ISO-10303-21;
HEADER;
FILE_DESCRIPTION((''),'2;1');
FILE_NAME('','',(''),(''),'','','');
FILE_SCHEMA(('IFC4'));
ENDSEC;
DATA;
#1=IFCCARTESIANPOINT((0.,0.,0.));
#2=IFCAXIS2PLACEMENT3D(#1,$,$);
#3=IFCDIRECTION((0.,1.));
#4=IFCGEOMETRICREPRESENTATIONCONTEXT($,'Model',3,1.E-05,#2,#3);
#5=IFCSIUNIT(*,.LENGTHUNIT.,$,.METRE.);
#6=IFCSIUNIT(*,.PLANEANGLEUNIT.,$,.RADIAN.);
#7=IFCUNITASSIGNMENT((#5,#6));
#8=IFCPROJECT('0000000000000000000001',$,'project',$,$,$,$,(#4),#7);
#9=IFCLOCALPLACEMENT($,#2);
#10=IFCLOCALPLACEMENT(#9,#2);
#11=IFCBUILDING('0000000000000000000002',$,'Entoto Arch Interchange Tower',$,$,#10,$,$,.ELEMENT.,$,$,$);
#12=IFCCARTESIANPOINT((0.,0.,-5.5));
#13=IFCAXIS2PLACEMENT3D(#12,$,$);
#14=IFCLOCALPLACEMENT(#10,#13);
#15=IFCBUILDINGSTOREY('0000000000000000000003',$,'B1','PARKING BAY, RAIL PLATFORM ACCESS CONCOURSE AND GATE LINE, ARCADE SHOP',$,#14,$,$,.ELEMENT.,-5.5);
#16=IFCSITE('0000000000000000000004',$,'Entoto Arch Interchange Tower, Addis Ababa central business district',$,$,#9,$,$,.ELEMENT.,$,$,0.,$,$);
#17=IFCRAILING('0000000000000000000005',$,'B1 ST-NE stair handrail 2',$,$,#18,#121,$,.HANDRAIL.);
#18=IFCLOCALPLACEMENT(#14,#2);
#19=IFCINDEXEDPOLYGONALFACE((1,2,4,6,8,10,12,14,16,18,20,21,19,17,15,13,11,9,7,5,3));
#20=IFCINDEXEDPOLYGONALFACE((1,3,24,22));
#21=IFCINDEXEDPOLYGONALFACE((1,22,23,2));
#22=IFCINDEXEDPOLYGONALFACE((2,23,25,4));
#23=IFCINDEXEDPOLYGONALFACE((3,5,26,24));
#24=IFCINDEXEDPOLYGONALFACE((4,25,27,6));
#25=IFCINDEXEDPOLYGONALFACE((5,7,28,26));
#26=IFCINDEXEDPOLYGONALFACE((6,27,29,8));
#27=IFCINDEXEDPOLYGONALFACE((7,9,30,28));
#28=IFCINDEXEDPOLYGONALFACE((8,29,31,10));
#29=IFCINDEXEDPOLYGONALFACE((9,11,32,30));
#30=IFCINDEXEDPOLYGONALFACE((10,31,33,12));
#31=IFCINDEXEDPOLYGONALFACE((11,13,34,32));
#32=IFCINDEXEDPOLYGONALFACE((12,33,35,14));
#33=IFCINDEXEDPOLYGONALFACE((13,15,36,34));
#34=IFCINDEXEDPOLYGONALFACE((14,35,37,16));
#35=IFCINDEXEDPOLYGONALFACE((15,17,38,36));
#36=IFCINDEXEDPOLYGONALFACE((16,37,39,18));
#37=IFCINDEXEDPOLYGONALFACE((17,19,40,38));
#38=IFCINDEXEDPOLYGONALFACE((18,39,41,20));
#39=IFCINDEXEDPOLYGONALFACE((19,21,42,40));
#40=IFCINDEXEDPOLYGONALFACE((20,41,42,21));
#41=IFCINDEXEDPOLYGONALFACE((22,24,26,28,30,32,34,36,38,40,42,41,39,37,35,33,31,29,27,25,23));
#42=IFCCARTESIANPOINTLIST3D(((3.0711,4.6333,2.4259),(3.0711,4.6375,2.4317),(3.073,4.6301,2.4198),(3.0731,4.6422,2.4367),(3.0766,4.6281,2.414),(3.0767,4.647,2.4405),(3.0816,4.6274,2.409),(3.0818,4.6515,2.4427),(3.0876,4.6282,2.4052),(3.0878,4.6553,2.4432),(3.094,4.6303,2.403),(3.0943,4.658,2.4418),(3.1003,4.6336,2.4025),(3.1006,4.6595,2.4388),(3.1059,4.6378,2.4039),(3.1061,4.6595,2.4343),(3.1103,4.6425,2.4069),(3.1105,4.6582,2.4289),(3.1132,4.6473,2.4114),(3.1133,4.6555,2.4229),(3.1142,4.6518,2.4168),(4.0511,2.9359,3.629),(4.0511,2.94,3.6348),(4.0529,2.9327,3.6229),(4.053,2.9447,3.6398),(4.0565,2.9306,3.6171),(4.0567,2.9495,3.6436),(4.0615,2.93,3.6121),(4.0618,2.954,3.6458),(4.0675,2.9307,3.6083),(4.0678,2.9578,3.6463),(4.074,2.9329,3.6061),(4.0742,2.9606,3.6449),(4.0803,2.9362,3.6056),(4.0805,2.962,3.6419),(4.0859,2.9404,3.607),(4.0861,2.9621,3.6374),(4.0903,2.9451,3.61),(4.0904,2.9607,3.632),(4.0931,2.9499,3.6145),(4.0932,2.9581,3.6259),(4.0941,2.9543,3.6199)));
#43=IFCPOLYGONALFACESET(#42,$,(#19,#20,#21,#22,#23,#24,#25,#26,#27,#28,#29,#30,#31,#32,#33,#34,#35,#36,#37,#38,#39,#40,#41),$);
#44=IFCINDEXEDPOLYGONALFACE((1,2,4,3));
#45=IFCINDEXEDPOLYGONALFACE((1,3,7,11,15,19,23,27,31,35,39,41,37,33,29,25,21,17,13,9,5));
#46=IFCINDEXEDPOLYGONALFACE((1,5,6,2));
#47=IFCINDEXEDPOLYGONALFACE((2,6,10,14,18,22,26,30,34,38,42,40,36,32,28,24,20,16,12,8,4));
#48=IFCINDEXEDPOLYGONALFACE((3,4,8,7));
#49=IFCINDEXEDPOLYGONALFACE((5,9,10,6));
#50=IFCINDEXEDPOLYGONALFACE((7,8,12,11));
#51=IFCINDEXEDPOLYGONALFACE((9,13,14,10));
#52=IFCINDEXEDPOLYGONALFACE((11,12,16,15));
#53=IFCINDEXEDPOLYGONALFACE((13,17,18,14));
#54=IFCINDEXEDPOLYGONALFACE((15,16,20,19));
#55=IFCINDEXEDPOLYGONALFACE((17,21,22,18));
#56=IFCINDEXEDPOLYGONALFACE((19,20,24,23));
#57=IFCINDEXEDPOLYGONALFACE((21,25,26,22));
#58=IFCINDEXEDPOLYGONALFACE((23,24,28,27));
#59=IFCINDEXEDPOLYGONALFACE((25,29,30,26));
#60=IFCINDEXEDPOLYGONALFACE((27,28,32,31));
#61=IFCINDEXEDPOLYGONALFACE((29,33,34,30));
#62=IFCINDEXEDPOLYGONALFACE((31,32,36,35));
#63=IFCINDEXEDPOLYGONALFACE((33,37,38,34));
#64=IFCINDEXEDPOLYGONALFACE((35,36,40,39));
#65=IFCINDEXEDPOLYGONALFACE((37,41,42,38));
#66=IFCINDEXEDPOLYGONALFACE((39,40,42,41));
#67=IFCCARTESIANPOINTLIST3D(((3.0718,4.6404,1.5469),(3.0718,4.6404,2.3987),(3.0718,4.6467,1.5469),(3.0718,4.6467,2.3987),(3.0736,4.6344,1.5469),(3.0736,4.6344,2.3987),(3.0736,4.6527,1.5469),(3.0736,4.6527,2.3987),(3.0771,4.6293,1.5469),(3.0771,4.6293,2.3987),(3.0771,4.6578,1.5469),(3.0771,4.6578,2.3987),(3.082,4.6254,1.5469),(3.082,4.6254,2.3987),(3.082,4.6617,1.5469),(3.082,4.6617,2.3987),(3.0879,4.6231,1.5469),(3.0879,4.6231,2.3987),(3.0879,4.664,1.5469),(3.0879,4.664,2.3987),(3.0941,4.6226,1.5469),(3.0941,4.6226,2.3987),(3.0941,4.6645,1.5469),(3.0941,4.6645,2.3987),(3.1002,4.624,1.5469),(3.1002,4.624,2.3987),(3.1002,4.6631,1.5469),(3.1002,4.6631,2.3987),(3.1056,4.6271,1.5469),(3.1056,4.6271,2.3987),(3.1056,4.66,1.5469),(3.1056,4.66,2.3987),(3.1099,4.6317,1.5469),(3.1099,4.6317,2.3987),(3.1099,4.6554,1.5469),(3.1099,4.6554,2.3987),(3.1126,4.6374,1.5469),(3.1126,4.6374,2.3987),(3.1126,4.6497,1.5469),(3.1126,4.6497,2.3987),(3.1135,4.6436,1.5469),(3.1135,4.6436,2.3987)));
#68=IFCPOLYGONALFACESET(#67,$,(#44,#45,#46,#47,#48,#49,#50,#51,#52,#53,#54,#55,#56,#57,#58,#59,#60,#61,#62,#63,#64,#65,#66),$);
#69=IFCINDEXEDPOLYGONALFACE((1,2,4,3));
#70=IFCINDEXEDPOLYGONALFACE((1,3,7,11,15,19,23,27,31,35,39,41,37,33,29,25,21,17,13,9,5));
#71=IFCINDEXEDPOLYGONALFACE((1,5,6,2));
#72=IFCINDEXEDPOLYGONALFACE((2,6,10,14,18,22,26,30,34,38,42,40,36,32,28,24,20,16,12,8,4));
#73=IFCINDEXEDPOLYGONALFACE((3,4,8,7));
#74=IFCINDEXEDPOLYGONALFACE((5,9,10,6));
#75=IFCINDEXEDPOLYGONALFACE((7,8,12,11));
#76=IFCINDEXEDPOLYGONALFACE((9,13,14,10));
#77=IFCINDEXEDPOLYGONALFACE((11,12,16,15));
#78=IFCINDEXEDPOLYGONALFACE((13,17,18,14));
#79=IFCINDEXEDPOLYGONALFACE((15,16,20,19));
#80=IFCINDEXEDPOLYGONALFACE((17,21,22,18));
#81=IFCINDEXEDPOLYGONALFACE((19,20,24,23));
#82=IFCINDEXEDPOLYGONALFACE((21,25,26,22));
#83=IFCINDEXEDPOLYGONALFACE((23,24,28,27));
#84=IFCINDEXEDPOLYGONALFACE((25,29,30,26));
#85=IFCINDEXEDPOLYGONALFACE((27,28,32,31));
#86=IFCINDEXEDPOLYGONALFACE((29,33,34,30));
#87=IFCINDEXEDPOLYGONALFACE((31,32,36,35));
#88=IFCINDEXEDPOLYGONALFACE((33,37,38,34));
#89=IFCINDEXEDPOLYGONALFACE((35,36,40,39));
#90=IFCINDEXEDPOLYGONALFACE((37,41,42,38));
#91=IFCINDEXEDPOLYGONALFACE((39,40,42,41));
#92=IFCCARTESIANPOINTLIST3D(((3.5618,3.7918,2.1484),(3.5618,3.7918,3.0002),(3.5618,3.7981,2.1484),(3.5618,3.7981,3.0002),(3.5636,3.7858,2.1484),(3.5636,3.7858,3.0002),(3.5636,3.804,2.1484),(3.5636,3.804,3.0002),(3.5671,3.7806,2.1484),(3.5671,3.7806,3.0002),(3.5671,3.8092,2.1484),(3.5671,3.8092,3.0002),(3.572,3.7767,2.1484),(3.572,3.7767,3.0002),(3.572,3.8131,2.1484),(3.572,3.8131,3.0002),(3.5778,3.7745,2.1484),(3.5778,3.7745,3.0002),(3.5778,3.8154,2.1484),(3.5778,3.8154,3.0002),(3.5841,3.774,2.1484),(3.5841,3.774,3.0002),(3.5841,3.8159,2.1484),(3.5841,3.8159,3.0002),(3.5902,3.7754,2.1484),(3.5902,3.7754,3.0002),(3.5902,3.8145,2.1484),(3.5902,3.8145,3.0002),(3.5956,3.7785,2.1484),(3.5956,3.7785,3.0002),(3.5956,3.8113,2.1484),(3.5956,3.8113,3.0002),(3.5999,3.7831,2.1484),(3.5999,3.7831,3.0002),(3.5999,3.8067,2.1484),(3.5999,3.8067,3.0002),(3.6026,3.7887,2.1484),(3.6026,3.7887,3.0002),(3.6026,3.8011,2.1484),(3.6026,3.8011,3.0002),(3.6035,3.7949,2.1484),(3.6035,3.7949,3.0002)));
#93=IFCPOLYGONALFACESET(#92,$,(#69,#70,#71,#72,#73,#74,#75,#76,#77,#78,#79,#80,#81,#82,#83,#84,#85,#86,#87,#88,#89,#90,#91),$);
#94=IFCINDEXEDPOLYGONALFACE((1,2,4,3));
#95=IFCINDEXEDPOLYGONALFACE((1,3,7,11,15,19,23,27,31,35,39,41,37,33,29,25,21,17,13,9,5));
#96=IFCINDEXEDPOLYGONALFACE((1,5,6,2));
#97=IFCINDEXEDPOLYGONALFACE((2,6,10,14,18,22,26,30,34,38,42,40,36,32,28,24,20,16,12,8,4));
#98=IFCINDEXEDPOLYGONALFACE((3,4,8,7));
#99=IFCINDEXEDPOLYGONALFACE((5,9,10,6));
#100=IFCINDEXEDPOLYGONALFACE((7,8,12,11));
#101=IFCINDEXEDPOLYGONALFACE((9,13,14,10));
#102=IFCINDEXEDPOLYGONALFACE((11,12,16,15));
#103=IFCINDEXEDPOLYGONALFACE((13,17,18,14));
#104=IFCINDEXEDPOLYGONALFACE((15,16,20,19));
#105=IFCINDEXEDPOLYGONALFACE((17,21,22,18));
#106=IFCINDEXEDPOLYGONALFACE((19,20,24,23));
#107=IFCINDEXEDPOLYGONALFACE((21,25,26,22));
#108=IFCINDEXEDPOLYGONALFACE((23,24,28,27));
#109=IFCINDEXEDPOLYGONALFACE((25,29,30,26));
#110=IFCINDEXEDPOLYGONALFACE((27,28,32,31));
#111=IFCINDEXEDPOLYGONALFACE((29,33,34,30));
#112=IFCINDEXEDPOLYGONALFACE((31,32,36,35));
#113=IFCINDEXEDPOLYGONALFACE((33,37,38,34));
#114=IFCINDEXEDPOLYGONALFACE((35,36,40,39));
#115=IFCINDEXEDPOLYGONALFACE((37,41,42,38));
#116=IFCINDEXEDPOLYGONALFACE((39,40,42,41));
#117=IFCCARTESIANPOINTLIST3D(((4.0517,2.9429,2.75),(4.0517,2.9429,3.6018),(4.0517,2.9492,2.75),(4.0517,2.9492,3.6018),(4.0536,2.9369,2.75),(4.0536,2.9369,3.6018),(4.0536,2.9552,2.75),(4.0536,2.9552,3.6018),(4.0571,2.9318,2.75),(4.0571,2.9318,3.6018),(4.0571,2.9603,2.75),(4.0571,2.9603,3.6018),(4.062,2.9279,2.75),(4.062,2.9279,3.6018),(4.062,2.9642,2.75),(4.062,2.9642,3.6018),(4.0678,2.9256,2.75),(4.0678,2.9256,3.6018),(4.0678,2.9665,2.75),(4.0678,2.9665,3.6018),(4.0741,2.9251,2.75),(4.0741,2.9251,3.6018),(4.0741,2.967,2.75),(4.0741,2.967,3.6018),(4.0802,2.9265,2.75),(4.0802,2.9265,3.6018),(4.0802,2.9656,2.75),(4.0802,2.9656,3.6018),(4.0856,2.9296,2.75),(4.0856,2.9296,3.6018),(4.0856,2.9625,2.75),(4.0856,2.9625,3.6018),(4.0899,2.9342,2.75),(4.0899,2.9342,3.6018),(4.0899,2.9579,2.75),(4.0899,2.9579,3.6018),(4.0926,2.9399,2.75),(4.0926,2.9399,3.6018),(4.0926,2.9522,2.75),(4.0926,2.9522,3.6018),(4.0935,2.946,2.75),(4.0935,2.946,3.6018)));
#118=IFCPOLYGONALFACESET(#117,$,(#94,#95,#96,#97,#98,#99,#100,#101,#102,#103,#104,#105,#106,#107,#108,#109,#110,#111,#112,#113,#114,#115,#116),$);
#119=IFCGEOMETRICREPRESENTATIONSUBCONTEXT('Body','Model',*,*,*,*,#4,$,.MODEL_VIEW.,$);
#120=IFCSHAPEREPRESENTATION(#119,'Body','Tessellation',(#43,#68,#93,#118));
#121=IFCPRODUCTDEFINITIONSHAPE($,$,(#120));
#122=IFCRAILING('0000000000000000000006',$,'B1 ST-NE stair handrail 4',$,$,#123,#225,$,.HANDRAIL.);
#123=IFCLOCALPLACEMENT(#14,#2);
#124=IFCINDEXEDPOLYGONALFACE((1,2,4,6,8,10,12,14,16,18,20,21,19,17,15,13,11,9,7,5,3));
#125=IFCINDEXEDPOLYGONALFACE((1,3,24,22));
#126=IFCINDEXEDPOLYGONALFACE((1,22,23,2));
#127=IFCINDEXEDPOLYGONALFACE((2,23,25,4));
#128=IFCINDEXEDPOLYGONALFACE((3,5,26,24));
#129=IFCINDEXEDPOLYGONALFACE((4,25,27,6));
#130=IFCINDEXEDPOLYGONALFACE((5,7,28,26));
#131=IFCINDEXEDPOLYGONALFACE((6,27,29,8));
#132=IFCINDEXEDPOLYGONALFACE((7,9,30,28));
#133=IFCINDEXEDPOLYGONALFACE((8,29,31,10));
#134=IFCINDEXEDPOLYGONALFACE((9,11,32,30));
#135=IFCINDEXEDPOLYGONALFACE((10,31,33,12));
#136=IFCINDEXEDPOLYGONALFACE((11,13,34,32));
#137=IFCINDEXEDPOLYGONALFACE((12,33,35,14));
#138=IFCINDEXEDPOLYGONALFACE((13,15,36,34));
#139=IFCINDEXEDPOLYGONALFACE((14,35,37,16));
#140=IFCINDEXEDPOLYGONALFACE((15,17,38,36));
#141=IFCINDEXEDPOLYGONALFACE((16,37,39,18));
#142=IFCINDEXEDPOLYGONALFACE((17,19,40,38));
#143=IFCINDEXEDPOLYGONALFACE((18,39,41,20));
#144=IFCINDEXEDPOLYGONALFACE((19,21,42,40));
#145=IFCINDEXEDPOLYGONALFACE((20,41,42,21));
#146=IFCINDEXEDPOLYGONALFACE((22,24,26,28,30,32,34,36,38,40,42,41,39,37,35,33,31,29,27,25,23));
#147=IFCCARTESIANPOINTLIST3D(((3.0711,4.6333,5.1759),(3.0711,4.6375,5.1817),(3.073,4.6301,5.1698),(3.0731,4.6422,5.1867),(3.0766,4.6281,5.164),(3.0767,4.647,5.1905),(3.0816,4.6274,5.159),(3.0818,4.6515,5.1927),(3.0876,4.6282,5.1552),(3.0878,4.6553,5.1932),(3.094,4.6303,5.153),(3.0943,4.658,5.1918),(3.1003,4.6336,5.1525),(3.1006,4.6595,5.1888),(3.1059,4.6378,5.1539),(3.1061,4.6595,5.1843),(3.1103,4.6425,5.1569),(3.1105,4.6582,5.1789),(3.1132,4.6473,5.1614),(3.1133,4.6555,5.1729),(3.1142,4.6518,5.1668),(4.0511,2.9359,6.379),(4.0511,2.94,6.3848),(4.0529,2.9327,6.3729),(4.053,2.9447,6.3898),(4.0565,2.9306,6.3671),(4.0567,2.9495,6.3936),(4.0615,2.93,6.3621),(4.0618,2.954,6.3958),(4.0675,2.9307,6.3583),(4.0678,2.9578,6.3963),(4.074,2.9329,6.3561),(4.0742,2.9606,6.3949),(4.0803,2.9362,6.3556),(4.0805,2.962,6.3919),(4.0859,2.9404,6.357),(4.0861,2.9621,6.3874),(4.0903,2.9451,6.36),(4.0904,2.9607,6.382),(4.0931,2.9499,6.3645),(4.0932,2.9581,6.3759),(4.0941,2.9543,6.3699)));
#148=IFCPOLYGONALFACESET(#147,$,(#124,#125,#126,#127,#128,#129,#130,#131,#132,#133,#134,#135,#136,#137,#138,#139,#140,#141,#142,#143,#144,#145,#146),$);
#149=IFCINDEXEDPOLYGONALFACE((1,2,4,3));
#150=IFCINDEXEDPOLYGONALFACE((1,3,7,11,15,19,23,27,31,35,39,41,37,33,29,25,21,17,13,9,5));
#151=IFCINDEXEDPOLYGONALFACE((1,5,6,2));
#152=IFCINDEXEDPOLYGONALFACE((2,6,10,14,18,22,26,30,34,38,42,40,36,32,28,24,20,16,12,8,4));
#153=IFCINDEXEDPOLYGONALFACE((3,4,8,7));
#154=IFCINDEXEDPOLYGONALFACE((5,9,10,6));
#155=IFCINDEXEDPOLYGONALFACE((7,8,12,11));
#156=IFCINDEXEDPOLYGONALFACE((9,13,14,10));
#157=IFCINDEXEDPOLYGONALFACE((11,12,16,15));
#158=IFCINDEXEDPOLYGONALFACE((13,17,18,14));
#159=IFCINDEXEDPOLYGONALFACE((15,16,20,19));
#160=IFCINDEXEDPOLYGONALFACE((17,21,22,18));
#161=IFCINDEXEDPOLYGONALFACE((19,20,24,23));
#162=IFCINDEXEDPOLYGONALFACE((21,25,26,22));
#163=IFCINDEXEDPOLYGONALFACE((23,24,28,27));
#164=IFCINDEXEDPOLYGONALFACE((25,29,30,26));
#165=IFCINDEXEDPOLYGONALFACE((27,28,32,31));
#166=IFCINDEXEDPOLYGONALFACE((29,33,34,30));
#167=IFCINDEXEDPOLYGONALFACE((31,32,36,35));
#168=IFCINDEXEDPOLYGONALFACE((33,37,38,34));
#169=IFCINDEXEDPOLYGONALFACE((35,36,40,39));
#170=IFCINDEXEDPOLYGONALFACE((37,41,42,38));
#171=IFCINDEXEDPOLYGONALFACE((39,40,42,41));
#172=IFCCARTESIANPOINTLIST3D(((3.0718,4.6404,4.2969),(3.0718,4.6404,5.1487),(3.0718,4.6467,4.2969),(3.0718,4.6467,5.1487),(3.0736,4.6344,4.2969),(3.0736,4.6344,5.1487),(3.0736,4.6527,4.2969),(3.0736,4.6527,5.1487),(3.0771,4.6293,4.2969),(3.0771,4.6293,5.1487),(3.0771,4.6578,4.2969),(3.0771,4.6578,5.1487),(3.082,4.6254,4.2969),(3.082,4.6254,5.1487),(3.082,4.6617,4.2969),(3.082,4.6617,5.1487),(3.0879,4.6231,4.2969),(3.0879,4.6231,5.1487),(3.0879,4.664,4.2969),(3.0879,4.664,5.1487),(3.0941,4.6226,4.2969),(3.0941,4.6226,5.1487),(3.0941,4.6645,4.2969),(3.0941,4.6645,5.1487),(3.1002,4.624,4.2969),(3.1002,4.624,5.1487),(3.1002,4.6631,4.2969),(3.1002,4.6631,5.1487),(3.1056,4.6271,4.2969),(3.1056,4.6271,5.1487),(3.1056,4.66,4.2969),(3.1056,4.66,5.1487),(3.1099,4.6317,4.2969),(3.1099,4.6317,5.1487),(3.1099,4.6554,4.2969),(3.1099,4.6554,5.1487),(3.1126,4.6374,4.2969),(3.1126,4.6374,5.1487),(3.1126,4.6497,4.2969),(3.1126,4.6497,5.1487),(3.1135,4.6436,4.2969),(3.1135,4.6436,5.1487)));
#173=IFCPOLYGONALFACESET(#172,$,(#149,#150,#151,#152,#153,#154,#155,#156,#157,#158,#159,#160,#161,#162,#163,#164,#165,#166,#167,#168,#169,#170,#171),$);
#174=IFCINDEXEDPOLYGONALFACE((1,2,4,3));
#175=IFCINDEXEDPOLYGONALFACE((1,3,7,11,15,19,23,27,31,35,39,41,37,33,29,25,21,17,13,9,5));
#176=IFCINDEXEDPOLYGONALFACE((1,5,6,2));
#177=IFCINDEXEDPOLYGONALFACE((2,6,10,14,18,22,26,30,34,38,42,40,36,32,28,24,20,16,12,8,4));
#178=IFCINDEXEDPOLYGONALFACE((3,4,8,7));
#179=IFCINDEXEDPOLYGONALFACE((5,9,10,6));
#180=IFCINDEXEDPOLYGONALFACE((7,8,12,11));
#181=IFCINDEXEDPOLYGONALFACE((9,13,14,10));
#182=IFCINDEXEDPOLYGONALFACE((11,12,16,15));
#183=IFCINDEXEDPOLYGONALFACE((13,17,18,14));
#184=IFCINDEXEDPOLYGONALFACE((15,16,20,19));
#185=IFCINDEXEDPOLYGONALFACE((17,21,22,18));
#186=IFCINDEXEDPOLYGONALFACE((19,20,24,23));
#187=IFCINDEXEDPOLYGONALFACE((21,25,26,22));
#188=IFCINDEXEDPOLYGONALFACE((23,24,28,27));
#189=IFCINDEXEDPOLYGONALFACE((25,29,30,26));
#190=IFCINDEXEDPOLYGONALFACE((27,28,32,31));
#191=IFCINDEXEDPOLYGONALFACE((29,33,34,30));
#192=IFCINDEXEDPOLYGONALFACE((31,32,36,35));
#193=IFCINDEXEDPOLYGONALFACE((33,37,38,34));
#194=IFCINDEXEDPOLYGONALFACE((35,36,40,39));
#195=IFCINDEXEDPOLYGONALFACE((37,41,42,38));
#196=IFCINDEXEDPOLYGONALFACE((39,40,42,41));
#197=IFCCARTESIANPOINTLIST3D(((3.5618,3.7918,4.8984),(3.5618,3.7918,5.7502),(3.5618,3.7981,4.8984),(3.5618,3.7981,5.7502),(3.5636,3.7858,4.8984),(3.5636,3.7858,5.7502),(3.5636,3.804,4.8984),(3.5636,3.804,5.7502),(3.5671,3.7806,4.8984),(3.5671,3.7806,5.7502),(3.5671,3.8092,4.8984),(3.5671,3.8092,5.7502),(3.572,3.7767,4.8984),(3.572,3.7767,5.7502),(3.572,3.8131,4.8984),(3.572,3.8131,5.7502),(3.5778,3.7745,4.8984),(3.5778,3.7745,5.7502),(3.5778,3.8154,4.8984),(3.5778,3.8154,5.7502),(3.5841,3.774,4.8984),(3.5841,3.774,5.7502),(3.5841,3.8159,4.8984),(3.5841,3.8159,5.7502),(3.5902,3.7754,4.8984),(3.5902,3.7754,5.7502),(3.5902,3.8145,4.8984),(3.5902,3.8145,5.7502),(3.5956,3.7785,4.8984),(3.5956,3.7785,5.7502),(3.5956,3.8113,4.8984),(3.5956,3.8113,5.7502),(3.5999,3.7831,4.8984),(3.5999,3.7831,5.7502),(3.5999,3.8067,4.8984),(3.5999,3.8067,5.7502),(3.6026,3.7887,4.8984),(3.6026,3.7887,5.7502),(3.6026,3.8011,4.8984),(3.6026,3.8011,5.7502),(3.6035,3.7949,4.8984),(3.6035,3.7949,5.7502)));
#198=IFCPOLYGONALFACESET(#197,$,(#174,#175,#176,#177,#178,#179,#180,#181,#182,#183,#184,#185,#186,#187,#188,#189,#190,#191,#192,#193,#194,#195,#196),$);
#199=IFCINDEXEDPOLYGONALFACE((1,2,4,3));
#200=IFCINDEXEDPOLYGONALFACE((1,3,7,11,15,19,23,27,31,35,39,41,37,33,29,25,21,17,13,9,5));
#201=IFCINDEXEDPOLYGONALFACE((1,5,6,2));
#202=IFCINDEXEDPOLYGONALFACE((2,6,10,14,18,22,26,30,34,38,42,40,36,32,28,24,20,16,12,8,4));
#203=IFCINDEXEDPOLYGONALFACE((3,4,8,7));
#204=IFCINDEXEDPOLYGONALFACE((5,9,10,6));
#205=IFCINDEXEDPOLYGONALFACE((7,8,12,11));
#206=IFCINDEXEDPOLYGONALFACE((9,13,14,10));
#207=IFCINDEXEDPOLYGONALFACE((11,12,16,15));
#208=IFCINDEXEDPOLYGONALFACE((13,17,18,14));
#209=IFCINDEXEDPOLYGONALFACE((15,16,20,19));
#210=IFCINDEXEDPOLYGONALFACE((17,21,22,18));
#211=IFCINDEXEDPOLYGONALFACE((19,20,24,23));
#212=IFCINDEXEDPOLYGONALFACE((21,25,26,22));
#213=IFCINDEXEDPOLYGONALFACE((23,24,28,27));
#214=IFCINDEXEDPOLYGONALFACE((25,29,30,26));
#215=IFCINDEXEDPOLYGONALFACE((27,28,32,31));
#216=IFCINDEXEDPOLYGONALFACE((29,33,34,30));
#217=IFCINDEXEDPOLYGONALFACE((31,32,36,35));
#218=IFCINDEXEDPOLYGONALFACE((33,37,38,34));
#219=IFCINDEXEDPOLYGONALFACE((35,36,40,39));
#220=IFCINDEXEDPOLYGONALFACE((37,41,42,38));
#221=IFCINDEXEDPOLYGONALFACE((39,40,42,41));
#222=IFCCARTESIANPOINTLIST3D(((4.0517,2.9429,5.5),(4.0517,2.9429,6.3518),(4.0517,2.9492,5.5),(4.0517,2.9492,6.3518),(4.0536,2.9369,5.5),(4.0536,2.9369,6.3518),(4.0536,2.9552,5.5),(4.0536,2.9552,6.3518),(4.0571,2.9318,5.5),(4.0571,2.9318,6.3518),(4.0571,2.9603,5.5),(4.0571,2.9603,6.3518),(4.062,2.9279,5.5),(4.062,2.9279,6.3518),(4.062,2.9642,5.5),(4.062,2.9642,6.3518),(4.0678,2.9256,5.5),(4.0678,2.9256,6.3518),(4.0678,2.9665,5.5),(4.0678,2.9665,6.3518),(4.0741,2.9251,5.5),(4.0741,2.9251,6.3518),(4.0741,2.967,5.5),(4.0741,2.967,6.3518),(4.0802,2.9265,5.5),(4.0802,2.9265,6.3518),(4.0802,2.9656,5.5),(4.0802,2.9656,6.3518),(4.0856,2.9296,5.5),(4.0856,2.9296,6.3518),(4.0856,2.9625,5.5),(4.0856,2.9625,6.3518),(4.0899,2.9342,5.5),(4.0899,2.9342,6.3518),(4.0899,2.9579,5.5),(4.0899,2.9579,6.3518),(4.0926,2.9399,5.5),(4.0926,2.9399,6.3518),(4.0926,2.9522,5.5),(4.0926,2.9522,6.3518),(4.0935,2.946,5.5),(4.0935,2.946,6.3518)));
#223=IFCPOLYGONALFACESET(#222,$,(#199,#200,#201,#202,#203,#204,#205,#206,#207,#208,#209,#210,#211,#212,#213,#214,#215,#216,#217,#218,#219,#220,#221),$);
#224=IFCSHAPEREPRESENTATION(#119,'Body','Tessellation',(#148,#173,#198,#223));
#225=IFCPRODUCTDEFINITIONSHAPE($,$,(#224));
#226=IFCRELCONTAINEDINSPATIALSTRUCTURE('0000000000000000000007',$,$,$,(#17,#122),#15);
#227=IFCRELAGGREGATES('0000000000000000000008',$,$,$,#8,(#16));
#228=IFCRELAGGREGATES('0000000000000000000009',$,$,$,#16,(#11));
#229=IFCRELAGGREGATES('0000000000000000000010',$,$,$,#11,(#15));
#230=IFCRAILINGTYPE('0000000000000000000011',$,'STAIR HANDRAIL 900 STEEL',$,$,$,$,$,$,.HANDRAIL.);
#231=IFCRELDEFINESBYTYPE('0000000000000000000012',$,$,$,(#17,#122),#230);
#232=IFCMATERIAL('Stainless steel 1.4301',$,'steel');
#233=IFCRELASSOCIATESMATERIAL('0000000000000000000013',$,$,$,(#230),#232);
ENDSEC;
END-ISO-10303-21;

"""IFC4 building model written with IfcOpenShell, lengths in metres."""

from ifc_helpers import new_model, si_unit, direction, frame, origin, origin_2d, place, context, subcontext, project, spatial, circle, extrude, material, type_object, element, save


model = new_model("IFC4")

# Units and contexts
model_context = context("Model", 3, precision=1e-05, world=origin(), true_north=direction((0.0, 1.0)))
body_context = subcontext(model_context, "Body", "Model", "MODEL_VIEW")
ifc_project = project(units=[si_unit("LENGTHUNIT", "METRE"), si_unit("PLANEANGLEUNIT", "RADIAN")], contexts=[model_context])

# Site, building, storey
site_placement = place(None, origin())
site = spatial("IfcSite", under=ifc_project, at=site_placement, Name="Entoto Arch Interchange Tower, Addis Ababa central business district", CompositionType="ELEMENT", RefElevation=0.0)
building_placement = place(site_placement, origin())
building = spatial("IfcBuilding", under=site, at=building_placement, Name="Entoto Arch Interchange Tower", CompositionType="ELEMENT")
storey_placement = place(building_placement, frame((0.0, 0.0, -5.5)))
storey = spatial("IfcBuildingStorey", under=building, at=storey_placement, Name="B1", Description="PARKING BAY, RAIL PLATFORM ACCESS CONCOURSE AND GATE LINE, ARCADE SHOP", CompositionType="ELEMENT", Elevation=-5.5)

# Railings
ifc_material_1 = material(Name="Stainless steel 1.4301", Category="steel")
railing_type_1 = type_object("IfcRailingType", Name="STAIR HANDRAIL 900 STEEL", PredefinedType="HANDRAIL", material=ifc_material_1)
for number, where, name in (
    (1, (3.0925, 4.6436, 1.5469), "B1 ST-NE stair handrail 2"),
    (2, (3.0925, 4.6436, 4.2969), "B1 ST-NE stair handrail 4"),
):
    element("IfcRailing", number, at=place(storey_placement, frame(where)), inside=storey, type_object=railing_type_1, Name=name, PredefinedType="HANDRAIL", context=body_context, shape_type="SweptSolid", body=[
        extrude(circle(Radius=0.0239, at=origin_2d()), frame((0.0, 0.0, 0.876), z_axis=(0.426102, -0.738089, 0.523127), x_axis=(0.866042, 0.49997, 0.0)), (0.0, 0.0, 1.0), 2.2998),
        extrude(circle(Radius=0.021, at=origin_2d()), origin(), (0.0, 0.0, 1.0), 0.8518),
        extrude(circle(Radius=0.021, at=origin_2d()), frame((0.49, -0.8486, 0.6016)), (0.0, 0.0, 1.0), 0.8518),
        extrude(circle(Radius=0.021, at=origin_2d()), frame((0.98, -1.6975, 1.2031)), (0.0, 0.0, 1.0), 0.8518),
    ])

save(model, "model.ifc")
